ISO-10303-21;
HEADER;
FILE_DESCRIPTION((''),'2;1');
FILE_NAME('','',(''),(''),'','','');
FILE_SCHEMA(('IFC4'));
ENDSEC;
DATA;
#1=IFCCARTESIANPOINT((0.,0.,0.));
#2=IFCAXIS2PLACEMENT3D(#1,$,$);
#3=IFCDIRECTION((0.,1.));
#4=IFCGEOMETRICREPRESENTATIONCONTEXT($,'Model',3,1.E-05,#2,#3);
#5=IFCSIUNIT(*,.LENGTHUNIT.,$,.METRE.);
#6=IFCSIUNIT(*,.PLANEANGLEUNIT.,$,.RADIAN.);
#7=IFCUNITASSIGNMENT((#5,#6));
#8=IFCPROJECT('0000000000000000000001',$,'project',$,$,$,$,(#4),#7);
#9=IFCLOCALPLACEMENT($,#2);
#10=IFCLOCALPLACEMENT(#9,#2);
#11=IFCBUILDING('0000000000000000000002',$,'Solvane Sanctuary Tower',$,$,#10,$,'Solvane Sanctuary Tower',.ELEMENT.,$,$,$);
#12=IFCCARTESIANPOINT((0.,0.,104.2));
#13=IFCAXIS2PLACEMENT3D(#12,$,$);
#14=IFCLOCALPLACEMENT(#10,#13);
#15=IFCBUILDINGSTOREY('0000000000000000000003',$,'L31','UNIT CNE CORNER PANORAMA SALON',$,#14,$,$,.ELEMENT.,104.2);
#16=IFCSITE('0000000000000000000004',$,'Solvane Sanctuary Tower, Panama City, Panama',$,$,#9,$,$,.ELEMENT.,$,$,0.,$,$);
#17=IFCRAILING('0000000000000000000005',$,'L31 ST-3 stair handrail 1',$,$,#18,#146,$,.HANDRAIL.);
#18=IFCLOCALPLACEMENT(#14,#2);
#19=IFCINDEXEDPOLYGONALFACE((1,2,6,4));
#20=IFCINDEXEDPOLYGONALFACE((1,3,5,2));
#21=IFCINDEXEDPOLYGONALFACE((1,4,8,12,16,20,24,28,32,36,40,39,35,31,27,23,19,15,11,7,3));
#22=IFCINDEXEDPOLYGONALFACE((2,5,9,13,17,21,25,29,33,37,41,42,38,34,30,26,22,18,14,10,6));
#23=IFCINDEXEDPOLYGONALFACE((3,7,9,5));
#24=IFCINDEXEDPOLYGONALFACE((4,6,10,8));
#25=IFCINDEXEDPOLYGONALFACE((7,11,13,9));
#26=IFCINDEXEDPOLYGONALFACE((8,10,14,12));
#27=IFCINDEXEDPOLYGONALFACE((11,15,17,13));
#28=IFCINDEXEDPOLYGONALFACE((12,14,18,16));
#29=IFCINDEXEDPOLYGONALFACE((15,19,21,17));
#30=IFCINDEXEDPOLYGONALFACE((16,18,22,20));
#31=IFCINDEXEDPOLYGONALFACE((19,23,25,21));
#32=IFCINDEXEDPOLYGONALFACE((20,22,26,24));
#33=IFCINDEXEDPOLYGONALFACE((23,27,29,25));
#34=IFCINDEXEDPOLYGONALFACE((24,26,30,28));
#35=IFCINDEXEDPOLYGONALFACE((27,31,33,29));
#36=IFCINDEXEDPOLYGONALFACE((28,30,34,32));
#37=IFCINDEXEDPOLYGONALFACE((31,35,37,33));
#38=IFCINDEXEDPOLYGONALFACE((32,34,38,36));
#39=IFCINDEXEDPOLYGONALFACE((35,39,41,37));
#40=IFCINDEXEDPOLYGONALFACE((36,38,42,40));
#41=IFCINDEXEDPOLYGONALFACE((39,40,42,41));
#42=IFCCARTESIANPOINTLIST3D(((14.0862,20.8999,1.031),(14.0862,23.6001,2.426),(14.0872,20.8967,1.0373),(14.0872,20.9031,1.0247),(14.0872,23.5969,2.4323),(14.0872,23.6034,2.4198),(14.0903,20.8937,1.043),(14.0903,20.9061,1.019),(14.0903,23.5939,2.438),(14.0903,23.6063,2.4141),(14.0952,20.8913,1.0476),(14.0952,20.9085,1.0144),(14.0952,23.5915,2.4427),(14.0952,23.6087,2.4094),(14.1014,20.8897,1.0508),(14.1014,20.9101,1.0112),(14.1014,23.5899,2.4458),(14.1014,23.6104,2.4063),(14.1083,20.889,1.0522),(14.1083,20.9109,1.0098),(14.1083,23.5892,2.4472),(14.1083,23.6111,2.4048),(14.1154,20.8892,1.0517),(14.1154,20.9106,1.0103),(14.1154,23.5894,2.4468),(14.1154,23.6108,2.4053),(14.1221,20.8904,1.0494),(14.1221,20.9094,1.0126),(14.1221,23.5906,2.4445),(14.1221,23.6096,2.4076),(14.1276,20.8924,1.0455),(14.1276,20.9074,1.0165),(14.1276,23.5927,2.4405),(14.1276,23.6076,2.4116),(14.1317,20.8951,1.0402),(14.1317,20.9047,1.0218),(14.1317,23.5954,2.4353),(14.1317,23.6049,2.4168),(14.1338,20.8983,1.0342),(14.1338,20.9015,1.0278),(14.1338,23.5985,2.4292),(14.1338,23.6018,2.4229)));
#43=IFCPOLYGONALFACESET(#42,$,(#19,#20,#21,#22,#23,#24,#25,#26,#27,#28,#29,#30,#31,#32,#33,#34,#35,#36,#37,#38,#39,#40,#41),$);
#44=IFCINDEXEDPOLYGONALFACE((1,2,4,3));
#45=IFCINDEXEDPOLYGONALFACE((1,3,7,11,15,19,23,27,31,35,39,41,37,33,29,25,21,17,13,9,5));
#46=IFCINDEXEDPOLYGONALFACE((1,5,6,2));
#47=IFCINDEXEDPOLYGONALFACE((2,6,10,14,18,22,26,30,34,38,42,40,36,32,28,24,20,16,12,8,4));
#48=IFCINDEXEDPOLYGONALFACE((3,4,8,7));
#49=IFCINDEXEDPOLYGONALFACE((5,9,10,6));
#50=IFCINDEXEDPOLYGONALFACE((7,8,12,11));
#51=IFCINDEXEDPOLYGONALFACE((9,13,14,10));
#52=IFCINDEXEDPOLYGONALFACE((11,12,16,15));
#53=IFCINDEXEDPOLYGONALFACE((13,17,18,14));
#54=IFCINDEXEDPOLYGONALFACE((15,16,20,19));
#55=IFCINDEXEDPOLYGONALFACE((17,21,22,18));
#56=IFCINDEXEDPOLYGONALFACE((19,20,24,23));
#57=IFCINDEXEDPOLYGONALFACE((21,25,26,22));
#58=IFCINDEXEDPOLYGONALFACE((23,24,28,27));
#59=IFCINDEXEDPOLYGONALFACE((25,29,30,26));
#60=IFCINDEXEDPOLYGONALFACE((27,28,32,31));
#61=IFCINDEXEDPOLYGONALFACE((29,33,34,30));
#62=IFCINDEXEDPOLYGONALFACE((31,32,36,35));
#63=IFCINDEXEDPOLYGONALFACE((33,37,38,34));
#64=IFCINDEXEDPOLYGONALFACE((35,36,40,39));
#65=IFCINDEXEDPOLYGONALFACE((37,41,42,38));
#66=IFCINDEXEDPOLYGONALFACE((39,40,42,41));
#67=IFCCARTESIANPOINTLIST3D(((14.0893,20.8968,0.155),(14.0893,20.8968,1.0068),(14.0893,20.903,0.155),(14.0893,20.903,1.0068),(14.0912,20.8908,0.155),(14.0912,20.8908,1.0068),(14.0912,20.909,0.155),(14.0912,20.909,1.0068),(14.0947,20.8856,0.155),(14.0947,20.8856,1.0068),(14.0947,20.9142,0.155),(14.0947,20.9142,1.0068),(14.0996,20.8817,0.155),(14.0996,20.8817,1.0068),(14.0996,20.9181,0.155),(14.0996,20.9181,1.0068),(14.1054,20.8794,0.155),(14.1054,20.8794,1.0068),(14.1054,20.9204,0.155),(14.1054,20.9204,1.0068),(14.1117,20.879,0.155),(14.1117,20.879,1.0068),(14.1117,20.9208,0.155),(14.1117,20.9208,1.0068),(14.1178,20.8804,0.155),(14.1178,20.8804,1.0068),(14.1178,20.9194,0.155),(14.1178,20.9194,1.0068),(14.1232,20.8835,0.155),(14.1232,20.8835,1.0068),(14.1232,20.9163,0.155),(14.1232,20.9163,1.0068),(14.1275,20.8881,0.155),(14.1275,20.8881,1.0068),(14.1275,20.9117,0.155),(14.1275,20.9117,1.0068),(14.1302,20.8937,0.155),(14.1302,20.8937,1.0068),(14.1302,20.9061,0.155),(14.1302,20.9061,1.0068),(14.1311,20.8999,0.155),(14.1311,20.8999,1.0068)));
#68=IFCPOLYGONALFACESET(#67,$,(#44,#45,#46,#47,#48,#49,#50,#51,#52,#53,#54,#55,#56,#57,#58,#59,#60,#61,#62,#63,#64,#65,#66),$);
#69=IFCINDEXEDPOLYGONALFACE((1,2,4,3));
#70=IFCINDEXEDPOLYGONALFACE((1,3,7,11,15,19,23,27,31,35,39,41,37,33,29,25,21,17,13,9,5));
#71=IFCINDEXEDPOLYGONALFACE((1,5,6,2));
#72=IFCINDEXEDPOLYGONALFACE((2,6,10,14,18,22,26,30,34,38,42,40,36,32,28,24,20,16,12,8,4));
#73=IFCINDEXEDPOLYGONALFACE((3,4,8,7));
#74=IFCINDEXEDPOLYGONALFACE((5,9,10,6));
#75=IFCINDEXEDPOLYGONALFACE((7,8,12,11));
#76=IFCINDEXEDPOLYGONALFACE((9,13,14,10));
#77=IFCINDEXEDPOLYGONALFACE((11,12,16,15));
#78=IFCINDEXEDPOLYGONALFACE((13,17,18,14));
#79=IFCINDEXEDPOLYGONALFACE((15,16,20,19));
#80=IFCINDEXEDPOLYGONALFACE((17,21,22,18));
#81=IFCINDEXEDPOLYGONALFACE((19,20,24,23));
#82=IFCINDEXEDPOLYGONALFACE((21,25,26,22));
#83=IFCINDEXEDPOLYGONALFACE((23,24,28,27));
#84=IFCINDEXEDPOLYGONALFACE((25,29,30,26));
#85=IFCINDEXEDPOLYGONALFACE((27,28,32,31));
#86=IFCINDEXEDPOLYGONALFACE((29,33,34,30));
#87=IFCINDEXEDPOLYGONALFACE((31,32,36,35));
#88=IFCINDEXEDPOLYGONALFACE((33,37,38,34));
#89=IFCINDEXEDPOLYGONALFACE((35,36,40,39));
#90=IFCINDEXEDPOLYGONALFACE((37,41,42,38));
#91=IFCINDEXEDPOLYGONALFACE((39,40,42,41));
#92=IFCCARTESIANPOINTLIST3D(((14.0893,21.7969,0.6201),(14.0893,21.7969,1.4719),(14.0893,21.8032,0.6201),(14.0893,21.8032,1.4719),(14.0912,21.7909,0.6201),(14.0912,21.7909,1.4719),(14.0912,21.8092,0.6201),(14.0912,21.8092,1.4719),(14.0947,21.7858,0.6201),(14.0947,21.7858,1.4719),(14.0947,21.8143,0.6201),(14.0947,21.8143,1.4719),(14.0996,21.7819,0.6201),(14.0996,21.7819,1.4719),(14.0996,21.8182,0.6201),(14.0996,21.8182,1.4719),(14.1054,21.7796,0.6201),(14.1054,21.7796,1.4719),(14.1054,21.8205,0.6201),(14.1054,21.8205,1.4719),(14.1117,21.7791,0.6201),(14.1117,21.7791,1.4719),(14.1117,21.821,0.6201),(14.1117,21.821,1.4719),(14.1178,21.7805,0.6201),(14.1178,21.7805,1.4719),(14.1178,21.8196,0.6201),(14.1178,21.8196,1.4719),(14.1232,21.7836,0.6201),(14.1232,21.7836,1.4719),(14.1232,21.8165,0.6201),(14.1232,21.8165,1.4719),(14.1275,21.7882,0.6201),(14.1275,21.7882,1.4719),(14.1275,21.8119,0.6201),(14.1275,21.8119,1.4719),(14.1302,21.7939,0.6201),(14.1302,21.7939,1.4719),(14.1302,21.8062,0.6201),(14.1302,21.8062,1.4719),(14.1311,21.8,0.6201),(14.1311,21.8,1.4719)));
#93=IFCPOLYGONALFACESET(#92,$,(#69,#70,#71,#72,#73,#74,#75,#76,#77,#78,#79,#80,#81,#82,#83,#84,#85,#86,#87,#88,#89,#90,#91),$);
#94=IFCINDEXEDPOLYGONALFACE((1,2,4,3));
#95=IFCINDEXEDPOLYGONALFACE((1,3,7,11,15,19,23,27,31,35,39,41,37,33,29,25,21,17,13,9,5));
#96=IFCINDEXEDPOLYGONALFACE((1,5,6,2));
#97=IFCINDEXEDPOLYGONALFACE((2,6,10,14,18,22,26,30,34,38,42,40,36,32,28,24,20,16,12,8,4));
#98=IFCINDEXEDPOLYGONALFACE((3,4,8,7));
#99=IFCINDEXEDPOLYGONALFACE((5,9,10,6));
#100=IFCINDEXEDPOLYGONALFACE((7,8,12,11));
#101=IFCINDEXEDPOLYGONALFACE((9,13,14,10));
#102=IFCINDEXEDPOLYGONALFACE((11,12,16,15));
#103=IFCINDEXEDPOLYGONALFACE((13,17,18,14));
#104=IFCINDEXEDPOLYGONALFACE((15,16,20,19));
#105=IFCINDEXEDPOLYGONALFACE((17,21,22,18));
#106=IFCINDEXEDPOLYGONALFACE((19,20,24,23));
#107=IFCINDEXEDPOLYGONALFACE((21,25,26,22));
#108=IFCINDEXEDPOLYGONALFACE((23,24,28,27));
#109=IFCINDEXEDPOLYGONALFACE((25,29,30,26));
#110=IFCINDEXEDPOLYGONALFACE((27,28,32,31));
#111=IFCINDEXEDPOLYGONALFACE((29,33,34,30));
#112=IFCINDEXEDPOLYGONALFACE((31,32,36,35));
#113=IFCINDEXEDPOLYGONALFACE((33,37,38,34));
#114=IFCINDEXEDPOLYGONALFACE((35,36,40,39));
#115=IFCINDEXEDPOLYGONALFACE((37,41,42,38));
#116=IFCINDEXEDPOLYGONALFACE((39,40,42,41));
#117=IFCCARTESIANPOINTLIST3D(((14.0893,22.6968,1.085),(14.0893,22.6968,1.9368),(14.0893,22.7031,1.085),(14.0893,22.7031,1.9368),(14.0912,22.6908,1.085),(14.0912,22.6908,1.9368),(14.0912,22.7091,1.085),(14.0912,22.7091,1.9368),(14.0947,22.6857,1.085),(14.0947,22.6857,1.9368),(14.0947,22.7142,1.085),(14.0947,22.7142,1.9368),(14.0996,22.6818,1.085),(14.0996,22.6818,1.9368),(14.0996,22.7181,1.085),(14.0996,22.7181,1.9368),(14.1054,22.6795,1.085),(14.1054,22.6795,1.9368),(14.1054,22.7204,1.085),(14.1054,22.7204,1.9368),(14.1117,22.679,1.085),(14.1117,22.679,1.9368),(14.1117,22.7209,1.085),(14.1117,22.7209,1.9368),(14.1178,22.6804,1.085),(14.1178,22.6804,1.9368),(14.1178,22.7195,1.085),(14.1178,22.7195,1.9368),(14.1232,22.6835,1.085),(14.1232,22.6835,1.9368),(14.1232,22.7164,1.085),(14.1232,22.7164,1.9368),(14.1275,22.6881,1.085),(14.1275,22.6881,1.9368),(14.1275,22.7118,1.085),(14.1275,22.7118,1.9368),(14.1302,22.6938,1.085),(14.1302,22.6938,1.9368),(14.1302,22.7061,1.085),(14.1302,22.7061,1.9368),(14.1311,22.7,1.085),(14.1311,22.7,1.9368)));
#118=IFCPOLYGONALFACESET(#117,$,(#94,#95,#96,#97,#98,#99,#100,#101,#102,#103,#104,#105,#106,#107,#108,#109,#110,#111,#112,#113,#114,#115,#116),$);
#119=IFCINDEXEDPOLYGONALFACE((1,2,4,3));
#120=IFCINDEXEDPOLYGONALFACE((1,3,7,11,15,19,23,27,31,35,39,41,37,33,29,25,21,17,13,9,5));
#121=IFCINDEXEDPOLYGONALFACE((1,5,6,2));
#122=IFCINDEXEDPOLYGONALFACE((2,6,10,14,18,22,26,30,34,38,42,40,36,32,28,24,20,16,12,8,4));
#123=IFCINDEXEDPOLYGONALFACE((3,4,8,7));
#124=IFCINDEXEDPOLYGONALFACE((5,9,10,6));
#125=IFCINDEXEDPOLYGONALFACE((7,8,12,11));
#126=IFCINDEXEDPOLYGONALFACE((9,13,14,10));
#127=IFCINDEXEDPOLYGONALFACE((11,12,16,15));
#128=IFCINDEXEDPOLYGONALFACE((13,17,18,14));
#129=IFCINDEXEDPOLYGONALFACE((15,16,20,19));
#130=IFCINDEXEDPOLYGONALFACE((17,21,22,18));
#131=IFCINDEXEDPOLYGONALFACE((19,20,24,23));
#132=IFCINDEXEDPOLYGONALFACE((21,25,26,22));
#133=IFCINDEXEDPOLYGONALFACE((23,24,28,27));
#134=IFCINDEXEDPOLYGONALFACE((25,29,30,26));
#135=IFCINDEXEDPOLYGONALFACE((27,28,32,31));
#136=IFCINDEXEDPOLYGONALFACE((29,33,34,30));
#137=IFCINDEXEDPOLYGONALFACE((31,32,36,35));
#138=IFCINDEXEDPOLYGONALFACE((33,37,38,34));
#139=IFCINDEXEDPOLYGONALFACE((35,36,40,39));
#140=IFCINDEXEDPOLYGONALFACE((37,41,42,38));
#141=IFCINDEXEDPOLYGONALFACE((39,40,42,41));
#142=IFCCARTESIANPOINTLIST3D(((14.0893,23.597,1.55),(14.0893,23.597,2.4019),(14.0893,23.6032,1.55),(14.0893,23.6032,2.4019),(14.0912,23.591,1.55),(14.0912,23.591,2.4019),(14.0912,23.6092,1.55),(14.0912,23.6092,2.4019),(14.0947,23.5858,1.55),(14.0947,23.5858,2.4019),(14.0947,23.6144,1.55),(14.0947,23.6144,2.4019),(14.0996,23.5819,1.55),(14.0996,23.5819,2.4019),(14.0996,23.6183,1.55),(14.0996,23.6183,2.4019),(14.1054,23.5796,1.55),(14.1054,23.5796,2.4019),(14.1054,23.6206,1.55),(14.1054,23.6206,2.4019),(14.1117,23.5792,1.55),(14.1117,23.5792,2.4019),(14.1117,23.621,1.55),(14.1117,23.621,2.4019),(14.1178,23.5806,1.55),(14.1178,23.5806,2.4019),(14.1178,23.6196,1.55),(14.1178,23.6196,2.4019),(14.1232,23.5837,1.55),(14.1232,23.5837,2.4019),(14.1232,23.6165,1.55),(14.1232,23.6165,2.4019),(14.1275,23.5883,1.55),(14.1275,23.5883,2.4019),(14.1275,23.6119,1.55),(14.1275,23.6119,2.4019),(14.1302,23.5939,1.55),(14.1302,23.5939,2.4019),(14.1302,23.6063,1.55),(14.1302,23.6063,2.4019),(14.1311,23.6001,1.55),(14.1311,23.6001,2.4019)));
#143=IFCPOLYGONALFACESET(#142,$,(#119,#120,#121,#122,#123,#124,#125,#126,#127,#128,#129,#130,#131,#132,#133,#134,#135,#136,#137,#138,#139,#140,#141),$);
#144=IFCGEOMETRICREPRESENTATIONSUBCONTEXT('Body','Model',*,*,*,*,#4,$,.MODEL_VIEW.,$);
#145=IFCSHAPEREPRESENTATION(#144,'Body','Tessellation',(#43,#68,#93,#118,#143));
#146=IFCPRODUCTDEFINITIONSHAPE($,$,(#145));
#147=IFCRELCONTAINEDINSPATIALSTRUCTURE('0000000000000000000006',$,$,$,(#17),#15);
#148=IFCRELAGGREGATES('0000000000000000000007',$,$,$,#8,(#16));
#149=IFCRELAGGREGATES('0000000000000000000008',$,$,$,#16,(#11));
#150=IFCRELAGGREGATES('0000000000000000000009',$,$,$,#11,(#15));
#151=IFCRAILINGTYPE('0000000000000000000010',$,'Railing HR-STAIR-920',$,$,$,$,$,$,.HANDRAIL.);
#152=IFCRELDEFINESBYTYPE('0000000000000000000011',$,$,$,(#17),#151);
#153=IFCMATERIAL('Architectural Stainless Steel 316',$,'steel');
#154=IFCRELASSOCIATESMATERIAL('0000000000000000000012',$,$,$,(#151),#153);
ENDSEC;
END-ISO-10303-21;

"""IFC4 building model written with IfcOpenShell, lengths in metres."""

from ifc_helpers import new_model, si_unit, direction, frame, origin, origin_2d, place, context, subcontext, project, spatial, circle, extrude, material, type_object, element, save


model = new_model("IFC4")

# Units and contexts
model_context = context("Model", 3, precision=1e-05, world=origin(), true_north=direction((0.0, 1.0)))
body_context = subcontext(model_context, "Body", "Model", "MODEL_VIEW")
ifc_project = project(units=[si_unit("LENGTHUNIT", "METRE"), si_unit("PLANEANGLEUNIT", "RADIAN")], contexts=[model_context])

# Site, building, storey
site_placement = place(None, origin())
site = spatial("IfcSite", under=ifc_project, at=site_placement, Name="Solvane Sanctuary Tower, Panama City, Panama", CompositionType="ELEMENT", RefElevation=0.0)
building_placement = place(site_placement, origin())
building = spatial("IfcBuilding", under=site, at=building_placement, Name="Solvane Sanctuary Tower", LongName="Solvane Sanctuary Tower", CompositionType="ELEMENT")
storey_placement = place(building_placement, frame((0.0, 0.0, 104.2)))
storey = spatial("IfcBuildingStorey", under=building, at=storey_placement, Name="L31", Description="UNIT CNE CORNER PANORAMA SALON", CompositionType="ELEMENT", Elevation=104.2)

# Railing
ifc_material_1 = material(Name="Architectural Stainless Steel 316", Category="steel")
railing_type_1 = type_object("IfcRailingType", Name="Railing HR-STAIR-920", PredefinedType="HANDRAIL", material=ifc_material_1)
railing_1_placement = place(storey_placement, frame((14.1101, 20.8999, 0.155)))
element("IfcRailing", 1, at=railing_1_placement, inside=storey, type_object=railing_type_1, Name="L31 ST-3 stair handrail 1", PredefinedType="HANDRAIL", context=body_context, shape_type="SweptSolid", body=[
    extrude(circle(Radius=0.0239, at=origin_2d()), frame((0.0, 0.0, 0.876), z_axis=(0.0, 0.888437, 0.458999), x_axis=(-1.0, 0.0, 0.0)), (0.0, 0.0, 1.0), 3.0393),
    extrude(circle(Radius=0.021, at=origin_2d()), origin(), (0.0, 0.0, 1.0), 0.8518),
    extrude(circle(Radius=0.021, at=origin_2d()), frame((0.0, 0.9001, 0.4651)), (0.0, 0.0, 1.0), 0.8518),
    extrude(circle(Radius=0.021, at=origin_2d()), frame((0.0, 1.8, 0.9299)), (0.0, 0.0, 1.0), 0.8518),
    extrude(circle(Radius=0.021, at=origin_2d()), frame((0.0, 2.7002, 1.395)), (0.0, 0.0, 1.0), 0.8518),
])

save(model, "model.ifc")
